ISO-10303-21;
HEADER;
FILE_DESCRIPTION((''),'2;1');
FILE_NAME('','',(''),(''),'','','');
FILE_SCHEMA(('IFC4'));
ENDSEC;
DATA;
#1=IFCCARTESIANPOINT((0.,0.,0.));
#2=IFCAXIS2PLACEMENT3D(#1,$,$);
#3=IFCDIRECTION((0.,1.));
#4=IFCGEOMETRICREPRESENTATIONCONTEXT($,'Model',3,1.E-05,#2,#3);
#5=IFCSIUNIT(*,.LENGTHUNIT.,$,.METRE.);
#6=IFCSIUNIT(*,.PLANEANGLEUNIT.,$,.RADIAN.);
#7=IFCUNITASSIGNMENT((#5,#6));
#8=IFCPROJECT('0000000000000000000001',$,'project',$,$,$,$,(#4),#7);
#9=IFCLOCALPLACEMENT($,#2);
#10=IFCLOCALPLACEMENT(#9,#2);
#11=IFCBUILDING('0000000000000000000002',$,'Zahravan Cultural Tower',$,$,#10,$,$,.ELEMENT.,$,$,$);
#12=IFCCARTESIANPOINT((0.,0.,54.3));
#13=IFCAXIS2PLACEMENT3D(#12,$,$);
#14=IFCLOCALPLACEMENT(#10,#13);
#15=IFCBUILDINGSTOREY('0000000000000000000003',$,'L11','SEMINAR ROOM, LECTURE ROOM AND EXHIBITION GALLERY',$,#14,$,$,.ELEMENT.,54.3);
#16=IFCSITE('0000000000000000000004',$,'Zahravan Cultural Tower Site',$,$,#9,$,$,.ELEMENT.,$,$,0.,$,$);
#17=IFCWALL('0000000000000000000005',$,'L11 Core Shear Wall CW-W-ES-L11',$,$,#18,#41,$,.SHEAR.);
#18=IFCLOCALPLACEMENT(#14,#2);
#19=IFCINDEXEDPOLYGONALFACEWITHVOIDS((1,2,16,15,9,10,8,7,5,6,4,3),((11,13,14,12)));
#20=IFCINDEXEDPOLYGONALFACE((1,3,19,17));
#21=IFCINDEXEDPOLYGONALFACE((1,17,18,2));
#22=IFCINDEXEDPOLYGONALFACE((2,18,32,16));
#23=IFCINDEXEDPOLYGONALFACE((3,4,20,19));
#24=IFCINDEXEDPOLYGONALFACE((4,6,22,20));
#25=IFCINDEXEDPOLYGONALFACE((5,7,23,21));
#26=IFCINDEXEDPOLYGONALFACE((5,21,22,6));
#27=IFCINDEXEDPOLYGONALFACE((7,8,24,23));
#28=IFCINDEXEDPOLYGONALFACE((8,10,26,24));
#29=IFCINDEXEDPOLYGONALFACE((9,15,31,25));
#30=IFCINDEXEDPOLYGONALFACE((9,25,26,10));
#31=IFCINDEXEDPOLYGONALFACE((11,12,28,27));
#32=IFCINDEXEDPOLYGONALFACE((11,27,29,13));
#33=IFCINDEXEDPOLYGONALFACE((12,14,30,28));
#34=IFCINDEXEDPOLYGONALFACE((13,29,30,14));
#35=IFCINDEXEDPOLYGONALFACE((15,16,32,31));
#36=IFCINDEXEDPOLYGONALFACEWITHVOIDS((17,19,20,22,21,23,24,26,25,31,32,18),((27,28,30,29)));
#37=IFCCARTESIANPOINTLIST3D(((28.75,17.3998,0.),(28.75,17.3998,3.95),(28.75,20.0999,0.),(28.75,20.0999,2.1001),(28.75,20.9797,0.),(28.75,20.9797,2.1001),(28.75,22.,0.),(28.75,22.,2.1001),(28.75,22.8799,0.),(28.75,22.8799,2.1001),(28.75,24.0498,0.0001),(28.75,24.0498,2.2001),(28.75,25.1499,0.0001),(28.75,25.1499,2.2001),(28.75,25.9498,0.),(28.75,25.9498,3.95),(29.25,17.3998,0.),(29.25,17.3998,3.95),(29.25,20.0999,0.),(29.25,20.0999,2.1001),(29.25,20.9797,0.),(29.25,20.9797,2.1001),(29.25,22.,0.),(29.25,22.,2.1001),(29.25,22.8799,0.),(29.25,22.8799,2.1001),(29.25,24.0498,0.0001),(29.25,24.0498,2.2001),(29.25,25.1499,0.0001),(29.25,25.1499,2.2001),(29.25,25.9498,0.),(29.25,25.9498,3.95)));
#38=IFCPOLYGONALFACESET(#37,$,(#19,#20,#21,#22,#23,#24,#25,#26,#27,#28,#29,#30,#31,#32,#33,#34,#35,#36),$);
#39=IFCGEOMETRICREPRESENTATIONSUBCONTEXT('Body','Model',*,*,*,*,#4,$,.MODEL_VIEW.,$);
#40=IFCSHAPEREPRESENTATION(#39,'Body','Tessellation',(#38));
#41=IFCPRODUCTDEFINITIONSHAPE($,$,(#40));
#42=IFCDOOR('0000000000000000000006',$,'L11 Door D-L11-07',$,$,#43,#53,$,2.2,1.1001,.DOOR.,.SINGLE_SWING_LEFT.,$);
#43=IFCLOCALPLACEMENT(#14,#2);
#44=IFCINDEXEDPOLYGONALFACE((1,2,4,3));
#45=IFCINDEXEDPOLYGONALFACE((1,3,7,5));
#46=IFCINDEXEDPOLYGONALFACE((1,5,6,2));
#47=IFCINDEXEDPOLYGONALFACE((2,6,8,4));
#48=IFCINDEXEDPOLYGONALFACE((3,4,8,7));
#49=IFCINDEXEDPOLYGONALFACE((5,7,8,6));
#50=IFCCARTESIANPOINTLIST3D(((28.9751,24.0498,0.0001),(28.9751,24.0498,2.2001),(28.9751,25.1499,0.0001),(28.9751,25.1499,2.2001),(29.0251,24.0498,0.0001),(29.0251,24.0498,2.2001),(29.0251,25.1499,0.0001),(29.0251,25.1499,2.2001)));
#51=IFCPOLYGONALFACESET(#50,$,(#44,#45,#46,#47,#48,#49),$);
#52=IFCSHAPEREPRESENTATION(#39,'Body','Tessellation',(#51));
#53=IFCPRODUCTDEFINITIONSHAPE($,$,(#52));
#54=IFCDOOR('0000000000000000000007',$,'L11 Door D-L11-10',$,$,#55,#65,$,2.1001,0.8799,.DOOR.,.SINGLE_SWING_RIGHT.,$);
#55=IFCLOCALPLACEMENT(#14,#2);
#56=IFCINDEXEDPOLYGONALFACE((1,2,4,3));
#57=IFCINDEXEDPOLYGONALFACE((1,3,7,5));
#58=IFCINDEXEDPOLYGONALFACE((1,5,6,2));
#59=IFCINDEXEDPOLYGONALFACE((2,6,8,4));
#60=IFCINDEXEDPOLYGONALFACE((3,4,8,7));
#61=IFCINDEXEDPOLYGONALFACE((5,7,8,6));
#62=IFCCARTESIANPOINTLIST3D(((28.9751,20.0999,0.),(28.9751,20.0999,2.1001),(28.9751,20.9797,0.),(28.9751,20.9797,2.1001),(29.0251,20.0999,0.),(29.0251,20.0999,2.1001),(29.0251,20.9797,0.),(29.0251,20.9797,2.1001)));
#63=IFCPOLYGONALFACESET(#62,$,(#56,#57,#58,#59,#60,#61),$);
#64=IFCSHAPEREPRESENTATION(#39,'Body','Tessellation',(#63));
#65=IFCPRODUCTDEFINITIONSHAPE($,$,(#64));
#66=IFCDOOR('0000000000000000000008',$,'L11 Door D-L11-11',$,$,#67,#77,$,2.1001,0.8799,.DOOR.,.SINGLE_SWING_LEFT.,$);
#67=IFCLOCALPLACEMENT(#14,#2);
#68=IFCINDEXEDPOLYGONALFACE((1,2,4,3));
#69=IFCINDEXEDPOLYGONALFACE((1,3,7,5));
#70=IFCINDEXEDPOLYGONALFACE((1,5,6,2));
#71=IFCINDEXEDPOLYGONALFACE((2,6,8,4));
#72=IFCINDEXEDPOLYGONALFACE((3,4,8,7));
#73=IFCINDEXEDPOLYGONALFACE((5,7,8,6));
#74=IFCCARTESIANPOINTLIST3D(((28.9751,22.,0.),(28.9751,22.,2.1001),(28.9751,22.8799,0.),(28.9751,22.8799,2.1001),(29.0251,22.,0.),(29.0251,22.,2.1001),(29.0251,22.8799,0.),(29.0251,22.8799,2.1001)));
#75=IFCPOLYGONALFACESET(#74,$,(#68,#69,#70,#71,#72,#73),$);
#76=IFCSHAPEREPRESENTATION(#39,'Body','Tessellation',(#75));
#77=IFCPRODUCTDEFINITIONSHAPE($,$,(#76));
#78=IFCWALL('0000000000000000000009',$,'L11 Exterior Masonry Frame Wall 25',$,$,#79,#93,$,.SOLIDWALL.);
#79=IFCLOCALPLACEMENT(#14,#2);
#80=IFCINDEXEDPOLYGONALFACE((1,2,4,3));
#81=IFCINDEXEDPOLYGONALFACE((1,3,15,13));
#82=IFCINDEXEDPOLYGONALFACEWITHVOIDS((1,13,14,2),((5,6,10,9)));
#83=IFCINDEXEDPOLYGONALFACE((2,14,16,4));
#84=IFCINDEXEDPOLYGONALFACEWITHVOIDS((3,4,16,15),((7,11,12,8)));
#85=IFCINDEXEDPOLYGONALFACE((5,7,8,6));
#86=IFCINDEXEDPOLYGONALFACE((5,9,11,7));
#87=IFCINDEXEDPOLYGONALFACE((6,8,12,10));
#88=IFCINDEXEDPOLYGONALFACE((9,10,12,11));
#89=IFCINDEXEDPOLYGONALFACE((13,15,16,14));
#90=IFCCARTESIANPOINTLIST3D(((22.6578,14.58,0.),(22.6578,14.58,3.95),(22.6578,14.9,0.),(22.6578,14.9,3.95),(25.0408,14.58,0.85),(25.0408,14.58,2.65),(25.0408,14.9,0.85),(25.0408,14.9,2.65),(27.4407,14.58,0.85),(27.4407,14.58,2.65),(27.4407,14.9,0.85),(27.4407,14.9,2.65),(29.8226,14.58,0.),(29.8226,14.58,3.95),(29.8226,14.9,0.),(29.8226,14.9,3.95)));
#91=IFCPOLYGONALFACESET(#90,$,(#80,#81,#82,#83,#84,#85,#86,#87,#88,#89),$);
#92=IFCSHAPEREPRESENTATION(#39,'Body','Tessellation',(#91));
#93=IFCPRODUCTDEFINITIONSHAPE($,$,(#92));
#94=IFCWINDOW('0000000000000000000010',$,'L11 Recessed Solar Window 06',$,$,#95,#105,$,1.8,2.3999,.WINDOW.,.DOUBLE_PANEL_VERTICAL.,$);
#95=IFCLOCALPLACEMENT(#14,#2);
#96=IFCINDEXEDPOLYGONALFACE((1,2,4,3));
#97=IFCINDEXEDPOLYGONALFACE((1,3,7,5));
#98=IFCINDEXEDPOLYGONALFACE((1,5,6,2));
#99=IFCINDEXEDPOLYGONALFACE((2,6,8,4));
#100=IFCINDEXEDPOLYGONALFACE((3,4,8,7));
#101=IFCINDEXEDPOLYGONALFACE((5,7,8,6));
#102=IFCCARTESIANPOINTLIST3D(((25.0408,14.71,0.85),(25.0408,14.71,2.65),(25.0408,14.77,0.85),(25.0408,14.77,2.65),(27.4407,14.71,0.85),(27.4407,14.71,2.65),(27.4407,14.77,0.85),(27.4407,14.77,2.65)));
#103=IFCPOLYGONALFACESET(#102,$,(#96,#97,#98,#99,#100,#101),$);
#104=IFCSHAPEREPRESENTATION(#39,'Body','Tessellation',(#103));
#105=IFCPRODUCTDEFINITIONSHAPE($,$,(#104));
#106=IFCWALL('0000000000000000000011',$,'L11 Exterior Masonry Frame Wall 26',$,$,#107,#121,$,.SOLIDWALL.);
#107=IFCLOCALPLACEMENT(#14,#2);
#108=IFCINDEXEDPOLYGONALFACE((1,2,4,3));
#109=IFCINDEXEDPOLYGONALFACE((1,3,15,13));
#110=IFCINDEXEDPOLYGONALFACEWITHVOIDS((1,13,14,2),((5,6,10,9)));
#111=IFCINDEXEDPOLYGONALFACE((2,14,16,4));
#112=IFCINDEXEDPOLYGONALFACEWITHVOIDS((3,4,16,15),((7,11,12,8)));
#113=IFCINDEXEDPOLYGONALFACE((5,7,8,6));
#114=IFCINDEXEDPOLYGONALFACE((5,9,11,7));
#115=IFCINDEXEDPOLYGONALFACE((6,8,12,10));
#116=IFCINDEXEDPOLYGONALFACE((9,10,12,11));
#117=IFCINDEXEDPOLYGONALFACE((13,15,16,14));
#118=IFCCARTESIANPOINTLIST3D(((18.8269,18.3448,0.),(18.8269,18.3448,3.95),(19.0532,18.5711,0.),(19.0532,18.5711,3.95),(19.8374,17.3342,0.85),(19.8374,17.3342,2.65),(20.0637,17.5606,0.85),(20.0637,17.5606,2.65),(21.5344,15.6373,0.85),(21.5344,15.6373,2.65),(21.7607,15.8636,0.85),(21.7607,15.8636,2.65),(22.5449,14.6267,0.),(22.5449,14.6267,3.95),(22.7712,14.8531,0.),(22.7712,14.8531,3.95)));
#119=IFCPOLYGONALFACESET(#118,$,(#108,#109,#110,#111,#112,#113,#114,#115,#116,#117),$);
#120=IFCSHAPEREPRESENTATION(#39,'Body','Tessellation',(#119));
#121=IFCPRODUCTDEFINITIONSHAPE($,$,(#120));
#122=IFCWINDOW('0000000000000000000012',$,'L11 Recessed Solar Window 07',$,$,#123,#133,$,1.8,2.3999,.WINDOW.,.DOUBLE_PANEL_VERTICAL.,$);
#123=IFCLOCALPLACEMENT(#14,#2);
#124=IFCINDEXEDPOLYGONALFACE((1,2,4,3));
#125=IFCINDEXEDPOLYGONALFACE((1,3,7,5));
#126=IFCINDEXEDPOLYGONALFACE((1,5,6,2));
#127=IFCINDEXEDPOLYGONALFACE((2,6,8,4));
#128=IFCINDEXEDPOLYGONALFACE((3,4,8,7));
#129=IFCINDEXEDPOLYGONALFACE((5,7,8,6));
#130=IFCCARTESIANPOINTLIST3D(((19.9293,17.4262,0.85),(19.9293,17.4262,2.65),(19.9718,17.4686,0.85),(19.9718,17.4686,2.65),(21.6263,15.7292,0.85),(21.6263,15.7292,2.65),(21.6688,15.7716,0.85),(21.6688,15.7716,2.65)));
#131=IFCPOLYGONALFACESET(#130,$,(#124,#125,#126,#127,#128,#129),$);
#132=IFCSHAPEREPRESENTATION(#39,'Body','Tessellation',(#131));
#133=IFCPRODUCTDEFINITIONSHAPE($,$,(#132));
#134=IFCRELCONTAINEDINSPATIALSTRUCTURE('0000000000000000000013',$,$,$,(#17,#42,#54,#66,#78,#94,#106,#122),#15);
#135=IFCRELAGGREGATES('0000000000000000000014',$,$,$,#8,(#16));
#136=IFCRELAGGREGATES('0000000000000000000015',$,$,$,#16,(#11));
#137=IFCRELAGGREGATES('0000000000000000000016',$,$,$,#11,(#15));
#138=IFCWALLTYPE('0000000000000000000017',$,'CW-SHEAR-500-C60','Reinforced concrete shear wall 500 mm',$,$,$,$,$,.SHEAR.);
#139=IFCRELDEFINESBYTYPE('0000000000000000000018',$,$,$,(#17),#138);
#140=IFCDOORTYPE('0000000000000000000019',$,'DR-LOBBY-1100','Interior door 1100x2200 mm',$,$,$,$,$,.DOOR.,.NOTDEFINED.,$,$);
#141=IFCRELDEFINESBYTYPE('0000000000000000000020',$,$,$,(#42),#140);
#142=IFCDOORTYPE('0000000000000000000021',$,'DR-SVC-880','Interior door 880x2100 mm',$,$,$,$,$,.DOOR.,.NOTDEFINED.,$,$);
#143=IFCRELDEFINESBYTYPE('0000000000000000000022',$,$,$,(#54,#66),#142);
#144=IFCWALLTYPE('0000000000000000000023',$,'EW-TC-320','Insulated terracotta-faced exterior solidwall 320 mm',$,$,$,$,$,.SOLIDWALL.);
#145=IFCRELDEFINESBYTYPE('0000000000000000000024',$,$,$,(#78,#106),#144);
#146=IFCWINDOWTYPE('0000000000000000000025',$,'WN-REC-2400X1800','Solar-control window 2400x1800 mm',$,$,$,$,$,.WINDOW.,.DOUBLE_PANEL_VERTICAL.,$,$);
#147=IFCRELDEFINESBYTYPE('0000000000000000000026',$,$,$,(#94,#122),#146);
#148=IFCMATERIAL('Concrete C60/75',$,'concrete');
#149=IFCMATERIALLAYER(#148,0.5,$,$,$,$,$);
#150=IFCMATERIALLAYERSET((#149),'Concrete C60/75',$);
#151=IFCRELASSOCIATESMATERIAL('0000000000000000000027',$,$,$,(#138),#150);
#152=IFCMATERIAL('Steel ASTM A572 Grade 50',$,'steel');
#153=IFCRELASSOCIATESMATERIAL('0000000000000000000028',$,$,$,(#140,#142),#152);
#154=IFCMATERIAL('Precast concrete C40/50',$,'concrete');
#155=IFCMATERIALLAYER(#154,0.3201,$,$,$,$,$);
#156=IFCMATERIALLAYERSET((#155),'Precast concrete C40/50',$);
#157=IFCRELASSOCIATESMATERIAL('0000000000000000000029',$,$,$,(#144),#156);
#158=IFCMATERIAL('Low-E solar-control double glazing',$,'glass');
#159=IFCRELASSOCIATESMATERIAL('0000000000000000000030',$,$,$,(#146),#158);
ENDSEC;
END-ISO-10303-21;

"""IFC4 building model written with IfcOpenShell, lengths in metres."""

from ifc_helpers import new_model, si_unit, direction, frame, frame_2d, origin, place, context, subcontext, project, spatial, rectangle, extrude, source, transform, mapped, material, layer, layer_set, type_object, element, fill, save


model = new_model("IFC4")

# Units and contexts
model_context = context("Model", 3, precision=1e-05, world=origin(), true_north=direction((0.0, 1.0)))
body_context = subcontext(model_context, "Body", "Model", "MODEL_VIEW")
ifc_project = project(units=[si_unit("LENGTHUNIT", "METRE"), si_unit("PLANEANGLEUNIT", "RADIAN")], contexts=[model_context])

# Site, building, storey
site_placement = place(None, origin())
site = spatial("IfcSite", under=ifc_project, at=site_placement, Name="Zahravan Cultural Tower Site", CompositionType="ELEMENT", RefElevation=0.0)
building_placement = place(site_placement, origin())
building = spatial("IfcBuilding", under=site, at=building_placement, Name="Zahravan Cultural Tower", CompositionType="ELEMENT")
storey_placement = place(building_placement, frame((0.0, 0.0, 54.3)))
storey = spatial("IfcBuildingStorey", under=building, at=storey_placement, Name="L11", Description="SEMINAR ROOM, LECTURE ROOM AND EXHIBITION GALLERY", CompositionType="ELEMENT", Elevation=54.3)

# Shared definitions
ifc_material_1 = material(Name="Concrete C60/75", Category="concrete")

# Shared definitions
ifc_material_2 = material(Name="Low-E solar-control double glazing", Category="glass")

# Wall, openings, doors
ifc_layer_1 = layer(ifc_material_1, 0.5)
ifc_layer_set_1 = layer_set([ifc_layer_1], Name="Concrete C60/75")
wall_type_1 = type_object("IfcWallType", Name="CW-SHEAR-500-C60", Description="Reinforced concrete shear wall 500 mm", PredefinedType="SHEAR", material=ifc_layer_set_1)
wall_1_placement = place(storey_placement, frame((29.0, 17.3999, 0.0), z_axis=(0.0, 0.0, 1.0), x_axis=(0.0, 1.0, 0.0)))
wall_1 = element("IfcWall", 1, at=wall_1_placement, inside=storey, type_object=wall_type_1, Name="L11 Core Shear Wall CW-W-ES-L11", PredefinedType="SHEAR", context=body_context, shape_type="SweptSolid", body=[
    extrude(rectangle(XDim=8.55, YDim=0.5, at=frame_2d((4.2749, 0.0))), origin(), (0.0, 0.0, 1.0), 3.95),
])
opening_1_placement = place(wall_1_placement, frame((6.6499, 0.0, 0.0)))
opening_1 = element("IfcOpeningElement", 2, at=opening_1_placement, cuts=wall_1, PredefinedType="OPENING", context=body_context, shape_type="SweptSolid", body=[
    extrude(rectangle(XDim=1.1001, YDim=2.2, at=frame_2d((0.55, 1.1001))), frame((0.0, 0.26, 0.0), z_axis=(0.0, -1.0, 0.0), x_axis=(1.0, 0.0, 0.0)), (0.0, 0.0, 1.0), 0.52),
])
opening_2_placement = place(wall_1_placement, frame((2.7, 0.0, 0.0)))
opening_2 = element("IfcOpeningElement", 3, at=opening_2_placement, cuts=wall_1, PredefinedType="OPENING", context=body_context, shape_type="SweptSolid", body=[
    extrude(rectangle(XDim=0.8799, YDim=2.1001, at=frame_2d((0.4399, 1.05))), frame((0.0, 0.26, 0.0), z_axis=(0.0, -1.0, 0.0), x_axis=(1.0, 0.0, 0.0)), (0.0, 0.0, 1.0), 0.52),
])
opening_3_placement = place(wall_1_placement, frame((4.6001, 0.0, 0.0)))
opening_3 = element("IfcOpeningElement", 4, at=opening_3_placement, cuts=wall_1, PredefinedType="OPENING", context=body_context, shape_type="SweptSolid", body=[
    extrude(rectangle(XDim=0.8799, YDim=2.1001, at=frame_2d((0.4399, 1.05))), frame((0.0, 0.26, 0.0), z_axis=(0.0, -1.0, 0.0), x_axis=(1.0, 0.0, 0.0)), (0.0, 0.0, 1.0), 0.52),
])
ifc_material_3 = material(Name="Steel ASTM A572 Grade 50", Category="steel")
door_type_1 = type_object("IfcDoorType", Name="DR-LOBBY-1100", Description="Interior door 1100x2200 mm", OperationType="NOTDEFINED", PredefinedType="DOOR", material=ifc_material_3)
shared_shape_1 = source(origin(), body_context, "Body", "SweptSolid", [
    extrude(rectangle(XDim=1.1001, YDim=2.2, at=frame_2d((0.55, 1.1001))), frame((0.0, 0.0249, 0.0), z_axis=(0.0, -1.0, 0.0), x_axis=(1.0, 0.0, 0.0)), (0.0, 0.0, 1.0), 0.05),
])
door_1_placement = place(opening_1_placement, origin())
door_1 = element("IfcDoor", 5, at=door_1_placement, inside=storey, type_object=door_type_1, Name="L11 Door D-L11-07", OperationType="SINGLE_SWING_LEFT", OverallHeight=2.2, OverallWidth=1.1001, PredefinedType="DOOR", context=body_context, shape_type="MappedRepresentation", body=[
    mapped(shared_shape_1, transform((0.0, 0.0, 0.0), x_axis=(1.0, 0.0, 0.0), y_axis=(0.0, 1.0, 0.0), z_axis=(0.0, 0.0, 1.0), scale=1.0)),
])
fill(opening_1, door_1)
door_type_2 = type_object("IfcDoorType", Name="DR-SVC-880", Description="Interior door 880x2100 mm", OperationType="NOTDEFINED", PredefinedType="DOOR", material=ifc_material_3)
shared_shape_2 = source(origin(), body_context, "Body", "SweptSolid", [
    extrude(rectangle(XDim=0.8799, YDim=2.1001, at=frame_2d((0.4399, 1.05))), frame((0.0, 0.0249, 0.0), z_axis=(0.0, -1.0, 0.0), x_axis=(1.0, 0.0, 0.0)), (0.0, 0.0, 1.0), 0.05),
])
door_2_placement = place(opening_2_placement, origin())
door_2 = element("IfcDoor", 6, at=door_2_placement, inside=storey, type_object=door_type_2, Name="L11 Door D-L11-10", OperationType="SINGLE_SWING_RIGHT", OverallHeight=2.1001, OverallWidth=0.8799, PredefinedType="DOOR", context=body_context, shape_type="MappedRepresentation", body=[
    mapped(shared_shape_2, transform((0.0, 0.0, 0.0), x_axis=(1.0, 0.0, 0.0), y_axis=(0.0, 1.0, 0.0), z_axis=(0.0, 0.0, 1.0), scale=1.0)),
])
fill(opening_2, door_2)
door_3_placement = place(opening_3_placement, origin())
door_3 = element("IfcDoor", 7, at=door_3_placement, inside=storey, type_object=door_type_2, Name="L11 Door D-L11-11", OperationType="SINGLE_SWING_LEFT", OverallHeight=2.1001, OverallWidth=0.8799, PredefinedType="DOOR", context=body_context, shape_type="MappedRepresentation", body=[
    mapped(shared_shape_2, transform((0.0, 0.0, 0.0), x_axis=(1.0, 0.0, 0.0), y_axis=(0.0, 1.0, 0.0), z_axis=(0.0, 0.0, 1.0), scale=1.0)),
])
fill(opening_3, door_3)

# Walls, openings, windows
ifc_material_4 = material(Name="Precast concrete C40/50", Category="concrete")
ifc_layer_2 = layer(ifc_material_4, 0.3201)
ifc_layer_set_2 = layer_set([ifc_layer_2], Name="Precast concrete C40/50")
wall_type_2 = type_object("IfcWallType", Name="EW-TC-320", Description="Insulated terracotta-faced exterior solidwall 320 mm", PredefinedType="SOLIDWALL", material=ifc_layer_set_2)
wall_2_placement = place(storey_placement, frame((29.8228, 14.74, 0.0), z_axis=(0.0, 0.0, 1.0), x_axis=(-1.0, 0.0, 0.0)))
wall_2 = element("IfcWall", 8, at=wall_2_placement, inside=storey, type_object=wall_type_2, Name="L11 Exterior Masonry Frame Wall 25", PredefinedType="SOLIDWALL", context=body_context, shape_type="SweptSolid", body=[
    extrude(rectangle(XDim=7.1648, YDim=0.3201, at=frame_2d((3.5825, 0.0))), origin(), (0.0, 0.0, 1.0), 3.95),
])
opening_4_placement = place(wall_2_placement, frame((2.3821, 0.0, 0.8501)))
opening_4 = element("IfcOpeningElement", 9, at=opening_4_placement, cuts=wall_2, PredefinedType="OPENING", context=body_context, shape_type="SweptSolid", body=[
    extrude(rectangle(XDim=2.3999, YDim=1.8, at=frame_2d((1.2, 0.8999))), frame((0.0, 0.1699, 0.0), z_axis=(0.0, -1.0, 0.0), x_axis=(1.0, 0.0, 0.0)), (0.0, 0.0, 1.0), 0.3401),
])
window_type = type_object("IfcWindowType", Name="WN-REC-2400X1800", Description="Solar-control window 2400x1800 mm", PartitioningType="DOUBLE_PANEL_VERTICAL", PredefinedType="WINDOW", material=ifc_material_2)
shared_shape_3 = source(origin(), body_context, "Body", "SweptSolid", [
    extrude(rectangle(XDim=2.3999, YDim=1.8, at=frame_2d((1.2, 0.8999))), frame((0.0, 0.03, 0.0), z_axis=(0.0, -1.0, 0.0), x_axis=(1.0, 0.0, 0.0)), (0.0, 0.0, 1.0), 0.0601),
])
window_1_placement = place(opening_4_placement, origin())
window_1 = element("IfcWindow", 10, at=window_1_placement, inside=storey, type_object=window_type, Name="L11 Recessed Solar Window 06", OverallHeight=1.8, OverallWidth=2.3999, PartitioningType="DOUBLE_PANEL_VERTICAL", PredefinedType="WINDOW", context=body_context, shape_type="MappedRepresentation", body=[
    mapped(shared_shape_3, transform((0.0, 0.0, 0.0), x_axis=(1.0, 0.0, 0.0), y_axis=(0.0, 1.0, 0.0), z_axis=(0.0, 0.0, 1.0), scale=1.0)),
])
fill(opening_4, window_1)
wall_3_placement = place(storey_placement, frame((22.658, 14.74, 0.0), z_axis=(0.0, 0.0, 1.0), x_axis=(-0.707107, 0.707107, 0.0)))
wall_3 = element("IfcWall", 11, at=wall_3_placement, inside=storey, type_object=wall_type_2, Name="L11 Exterior Masonry Frame Wall 26", PredefinedType="SOLIDWALL", context=body_context, shape_type="SweptSolid", body=[
    extrude(rectangle(XDim=5.2581, YDim=0.3201, at=frame_2d((2.6289, 0.0))), origin(), (0.0, 0.0, 1.0), 3.95),
])
opening_5_placement = place(wall_3_placement, frame((1.429, 0.0, 0.8501)))
opening_5 = element("IfcOpeningElement", 12, at=opening_5_placement, cuts=wall_3, PredefinedType="OPENING", context=body_context, shape_type="SweptSolid", body=[
    extrude(rectangle(XDim=2.3999, YDim=1.8, at=frame_2d((1.2, 0.8999))), frame((0.0, 0.1699, 0.0), z_axis=(0.0, -1.0, 0.0), x_axis=(1.0, 0.0, 0.0)), (0.0, 0.0, 1.0), 0.3401),
])
window_2_placement = place(opening_5_placement, origin())
window_2 = element("IfcWindow", 13, at=window_2_placement, inside=storey, type_object=window_type, Name="L11 Recessed Solar Window 07", OverallHeight=1.8, OverallWidth=2.3999, PartitioningType="DOUBLE_PANEL_VERTICAL", PredefinedType="WINDOW", context=body_context, shape_type="MappedRepresentation", body=[
    mapped(shared_shape_3, transform((0.0, 0.0, 0.0), x_axis=(1.0, 0.0, 0.0), y_axis=(0.0, 1.0, 0.0), z_axis=(0.0, 0.0, 1.0), scale=1.0)),
])
fill(opening_5, window_2)

save(model, "model.ifc")
